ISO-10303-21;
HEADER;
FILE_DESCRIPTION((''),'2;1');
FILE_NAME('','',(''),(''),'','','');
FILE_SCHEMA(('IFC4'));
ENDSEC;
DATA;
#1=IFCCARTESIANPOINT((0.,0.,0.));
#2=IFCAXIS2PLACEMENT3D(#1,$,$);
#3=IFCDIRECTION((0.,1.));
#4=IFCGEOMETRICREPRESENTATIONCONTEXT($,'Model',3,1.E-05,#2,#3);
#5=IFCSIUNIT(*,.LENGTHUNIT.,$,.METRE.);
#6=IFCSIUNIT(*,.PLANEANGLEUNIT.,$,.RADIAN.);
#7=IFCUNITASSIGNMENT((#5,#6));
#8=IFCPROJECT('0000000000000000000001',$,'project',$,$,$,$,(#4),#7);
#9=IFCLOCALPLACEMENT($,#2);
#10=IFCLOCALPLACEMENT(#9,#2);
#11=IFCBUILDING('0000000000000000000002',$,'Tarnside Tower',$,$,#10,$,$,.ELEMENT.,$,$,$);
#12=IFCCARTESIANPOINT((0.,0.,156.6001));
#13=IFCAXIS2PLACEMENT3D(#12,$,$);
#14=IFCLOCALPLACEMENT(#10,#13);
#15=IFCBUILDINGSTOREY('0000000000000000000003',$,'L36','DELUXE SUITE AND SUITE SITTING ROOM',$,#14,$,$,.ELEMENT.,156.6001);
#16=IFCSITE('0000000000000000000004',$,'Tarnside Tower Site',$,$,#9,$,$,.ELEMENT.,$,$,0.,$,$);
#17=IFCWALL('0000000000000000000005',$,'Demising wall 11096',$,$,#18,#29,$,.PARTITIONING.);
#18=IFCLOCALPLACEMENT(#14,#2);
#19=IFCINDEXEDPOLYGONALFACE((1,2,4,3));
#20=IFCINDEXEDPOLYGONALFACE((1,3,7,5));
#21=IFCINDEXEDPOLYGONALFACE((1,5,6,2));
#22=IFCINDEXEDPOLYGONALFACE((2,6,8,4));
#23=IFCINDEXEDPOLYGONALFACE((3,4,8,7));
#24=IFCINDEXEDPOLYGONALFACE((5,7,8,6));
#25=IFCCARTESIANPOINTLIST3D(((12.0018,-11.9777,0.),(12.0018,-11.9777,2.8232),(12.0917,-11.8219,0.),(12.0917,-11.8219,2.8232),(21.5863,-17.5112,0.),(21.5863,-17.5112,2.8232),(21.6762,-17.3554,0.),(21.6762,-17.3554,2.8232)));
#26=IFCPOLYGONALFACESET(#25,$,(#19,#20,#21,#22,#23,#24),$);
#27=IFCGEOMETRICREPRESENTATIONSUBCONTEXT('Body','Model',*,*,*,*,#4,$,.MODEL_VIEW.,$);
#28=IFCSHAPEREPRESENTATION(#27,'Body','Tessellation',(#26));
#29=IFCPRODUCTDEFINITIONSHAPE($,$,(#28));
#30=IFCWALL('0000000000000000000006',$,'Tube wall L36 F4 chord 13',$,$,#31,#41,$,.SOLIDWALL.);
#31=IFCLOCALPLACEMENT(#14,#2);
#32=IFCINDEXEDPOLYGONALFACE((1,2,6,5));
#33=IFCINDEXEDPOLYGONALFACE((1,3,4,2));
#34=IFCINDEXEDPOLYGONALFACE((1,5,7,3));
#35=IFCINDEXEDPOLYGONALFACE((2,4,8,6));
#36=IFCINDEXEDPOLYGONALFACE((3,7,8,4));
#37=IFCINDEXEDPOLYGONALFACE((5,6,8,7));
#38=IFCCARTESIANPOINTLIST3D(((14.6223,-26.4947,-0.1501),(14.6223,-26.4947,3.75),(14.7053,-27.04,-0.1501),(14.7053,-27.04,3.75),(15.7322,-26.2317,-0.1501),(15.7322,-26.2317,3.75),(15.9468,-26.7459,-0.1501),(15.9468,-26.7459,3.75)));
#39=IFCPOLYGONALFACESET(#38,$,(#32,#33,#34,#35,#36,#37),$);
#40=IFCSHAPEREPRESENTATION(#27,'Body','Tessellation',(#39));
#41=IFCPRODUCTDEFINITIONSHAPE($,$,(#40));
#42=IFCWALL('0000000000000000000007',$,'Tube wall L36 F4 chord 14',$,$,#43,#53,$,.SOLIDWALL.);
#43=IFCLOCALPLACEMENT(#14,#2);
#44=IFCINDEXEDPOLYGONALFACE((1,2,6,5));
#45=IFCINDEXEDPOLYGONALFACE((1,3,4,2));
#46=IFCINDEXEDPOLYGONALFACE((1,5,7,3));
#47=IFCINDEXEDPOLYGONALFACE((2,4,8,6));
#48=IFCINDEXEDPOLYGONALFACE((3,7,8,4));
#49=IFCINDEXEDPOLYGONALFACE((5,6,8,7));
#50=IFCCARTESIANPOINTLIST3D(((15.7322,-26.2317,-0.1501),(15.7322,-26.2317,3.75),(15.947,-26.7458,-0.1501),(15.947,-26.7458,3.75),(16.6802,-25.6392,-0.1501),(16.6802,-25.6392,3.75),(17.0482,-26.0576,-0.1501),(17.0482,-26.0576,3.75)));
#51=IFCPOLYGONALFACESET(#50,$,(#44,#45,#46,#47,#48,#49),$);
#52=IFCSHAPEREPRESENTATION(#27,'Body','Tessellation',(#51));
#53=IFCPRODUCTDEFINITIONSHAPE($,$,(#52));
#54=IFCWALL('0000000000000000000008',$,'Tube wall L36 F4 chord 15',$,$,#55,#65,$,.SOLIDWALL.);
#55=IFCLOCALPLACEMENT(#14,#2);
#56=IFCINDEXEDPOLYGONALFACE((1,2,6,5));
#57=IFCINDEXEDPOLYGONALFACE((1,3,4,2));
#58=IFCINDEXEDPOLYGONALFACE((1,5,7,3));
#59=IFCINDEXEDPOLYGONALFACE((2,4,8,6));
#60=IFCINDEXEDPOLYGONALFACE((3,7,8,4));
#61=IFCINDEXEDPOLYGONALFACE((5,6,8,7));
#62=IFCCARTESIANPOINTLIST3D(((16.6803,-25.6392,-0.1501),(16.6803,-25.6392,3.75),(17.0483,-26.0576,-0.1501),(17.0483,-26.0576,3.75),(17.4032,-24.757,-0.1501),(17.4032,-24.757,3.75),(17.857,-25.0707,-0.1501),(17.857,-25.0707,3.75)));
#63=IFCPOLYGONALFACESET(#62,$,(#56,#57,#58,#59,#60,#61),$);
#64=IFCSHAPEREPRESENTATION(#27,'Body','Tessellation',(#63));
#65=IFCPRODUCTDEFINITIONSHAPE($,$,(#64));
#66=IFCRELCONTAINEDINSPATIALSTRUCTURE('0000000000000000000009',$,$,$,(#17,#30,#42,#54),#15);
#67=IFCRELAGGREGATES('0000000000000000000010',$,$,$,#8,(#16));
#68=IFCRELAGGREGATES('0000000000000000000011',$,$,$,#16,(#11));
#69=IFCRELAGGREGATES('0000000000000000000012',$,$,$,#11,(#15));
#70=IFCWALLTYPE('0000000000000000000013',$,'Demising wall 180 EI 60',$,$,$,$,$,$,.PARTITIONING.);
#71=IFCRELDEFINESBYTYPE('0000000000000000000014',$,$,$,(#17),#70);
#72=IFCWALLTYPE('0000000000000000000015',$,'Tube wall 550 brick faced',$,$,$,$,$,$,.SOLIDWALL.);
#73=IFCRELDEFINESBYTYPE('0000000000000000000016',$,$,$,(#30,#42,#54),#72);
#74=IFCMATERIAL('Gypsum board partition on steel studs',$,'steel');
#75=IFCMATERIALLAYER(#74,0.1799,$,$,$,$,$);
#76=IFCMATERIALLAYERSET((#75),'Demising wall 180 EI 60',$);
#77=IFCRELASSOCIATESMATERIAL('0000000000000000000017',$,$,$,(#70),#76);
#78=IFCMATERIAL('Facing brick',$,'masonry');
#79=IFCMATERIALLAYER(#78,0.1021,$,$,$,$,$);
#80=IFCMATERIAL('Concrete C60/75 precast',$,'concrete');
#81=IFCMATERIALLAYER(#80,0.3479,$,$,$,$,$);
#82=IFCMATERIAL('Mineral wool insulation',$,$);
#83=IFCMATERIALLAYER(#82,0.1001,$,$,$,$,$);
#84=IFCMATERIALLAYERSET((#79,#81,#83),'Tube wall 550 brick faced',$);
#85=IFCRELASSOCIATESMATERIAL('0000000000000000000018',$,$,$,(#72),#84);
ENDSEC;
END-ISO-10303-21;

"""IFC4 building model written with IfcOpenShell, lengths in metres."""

from ifc_helpers import new_model, si_unit, direction, frame, frame_2d, origin, place, context, subcontext, project, spatial, polyline, rectangle, outline, extrude, material, layer, layer_set, type_object, element, save


model = new_model("IFC4")

# Units and contexts
model_context = context("Model", 3, precision=1e-05, world=origin(), true_north=direction((0.0, 1.0)))
body_context = subcontext(model_context, "Body", "Model", "MODEL_VIEW")
ifc_project = project(units=[si_unit("LENGTHUNIT", "METRE"), si_unit("PLANEANGLEUNIT", "RADIAN")], contexts=[model_context])

# Site, building, storey
site_placement = place(None, origin())
site = spatial("IfcSite", under=ifc_project, at=site_placement, Name="Tarnside Tower Site", CompositionType="ELEMENT", RefElevation=0.0)
building_placement = place(site_placement, origin())
building = spatial("IfcBuilding", under=site, at=building_placement, Name="Tarnside Tower", CompositionType="ELEMENT")
storey_placement = place(building_placement, frame((0.0, 0.0, 156.6001)))
storey = spatial("IfcBuildingStorey", under=building, at=storey_placement, Name="L36", Description="DELUXE SUITE AND SUITE SITTING ROOM", CompositionType="ELEMENT", Elevation=156.6001)

# Shared definitions
ifc_material_1 = material(Name="Gypsum board partition on steel studs", Category="steel")

# Walls
ifc_layer_1 = layer(ifc_material_1, 0.1799)
ifc_layer_set_1 = layer_set([ifc_layer_1], Name="Demising wall 180 EI 60")
wall_type_1 = type_object("IfcWallType", Name="Demising wall 180 EI 60", PredefinedType="PARTITIONING", material=ifc_layer_set_1)
wall_1_placement = place(storey_placement, frame((21.6313, -17.4333, 0.0), z_axis=(0.0, 0.0, 1.0), x_axis=(-0.866031, 0.49999, 0.0)))
element("IfcWall", 1, at=wall_1_placement, inside=storey, type_object=wall_type_1, Name="Demising wall 11096", PredefinedType="PARTITIONING", context=body_context, shape_type="SweptSolid", body=[
    extrude(rectangle(XDim=11.0671, YDim=0.1799, at=frame_2d((5.5337, 0.0))), origin(), (0.0, 0.0, 1.0), 2.8232),
])
ifc_material_2 = material(Name="Facing brick", Category="masonry")
ifc_layer_2 = layer(ifc_material_2, 0.1021)
ifc_material_3 = material(Name="Concrete C60/75 precast", Category="concrete")
ifc_layer_3 = layer(ifc_material_3, 0.3479)
ifc_material_4 = material(Name="Mineral wool insulation")
ifc_layer_4 = layer(ifc_material_4, 0.1001)
ifc_layer_set_2 = layer_set([ifc_layer_2, ifc_layer_3, ifc_layer_4], Name="Tube wall 550 brick faced")
wall_type_2 = type_object("IfcWallType", Name="Tube wall 550 brick faced", PredefinedType="SOLIDWALL", material=ifc_layer_set_2)
wall_2_placement = place(storey_placement, frame((14.6638, -26.7673, -0.1501), z_axis=(0.0, 0.0, 1.0), x_axis=(0.973064, 0.230537, 0.0)))
element("IfcWall", 2, at=wall_2_placement, inside=storey, type_object=wall_type_2, Name="Tube wall L36 F4 chord 13", PredefinedType="SOLIDWALL", context=body_context, shape_type="SweptSolid", body=[
    extrude(outline(polyline([(-0.0225, -0.2749), (1.2534, -0.2749), (1.1631, 0.2749), (0.0225, 0.2749), (-0.0225, -0.2749)])), origin(), (0.0, 0.0, 1.0), 3.9001),
])
wall_3_placement = place(storey_placement, frame((15.8396, -26.4888, -0.1501), z_axis=(0.0, 0.0, 1.0), x_axis=(0.84801, 0.529981, 0.0)))
element("IfcWall", 3, at=wall_3_placement, inside=storey, type_object=wall_type_2, Name="Tube wall L36 F4 chord 14", PredefinedType="SOLIDWALL", context=body_context, shape_type="SweptSolid", body=[
    extrude(outline(polyline([(-0.0452, -0.2749), (1.2534, -0.2749), (1.1631, 0.2749), (0.0452, 0.2749), (-0.0452, -0.2749)])), origin(), (0.0, 0.0, 1.0), 3.9001),
])
wall_4_placement = place(storey_placement, frame((16.8643, -25.8484, -0.1501), z_axis=(0.0, 0.0, 1.0), x_axis=(0.633843, 0.773462, 0.0)))
element("IfcWall", 4, at=wall_4_placement, inside=storey, type_object=wall_type_2, Name="Tube wall L36 F4 chord 15", PredefinedType="SOLIDWALL", context=body_context, shape_type="SweptSolid", body=[
    extrude(outline(polyline([(-0.0452, -0.2749), (1.2307, -0.2749), (1.1858, 0.2749), (0.0452, 0.2749), (-0.0452, -0.2749)])), origin(), (0.0, 0.0, 1.0), 3.9001),
])

save(model, "model.ifc")
